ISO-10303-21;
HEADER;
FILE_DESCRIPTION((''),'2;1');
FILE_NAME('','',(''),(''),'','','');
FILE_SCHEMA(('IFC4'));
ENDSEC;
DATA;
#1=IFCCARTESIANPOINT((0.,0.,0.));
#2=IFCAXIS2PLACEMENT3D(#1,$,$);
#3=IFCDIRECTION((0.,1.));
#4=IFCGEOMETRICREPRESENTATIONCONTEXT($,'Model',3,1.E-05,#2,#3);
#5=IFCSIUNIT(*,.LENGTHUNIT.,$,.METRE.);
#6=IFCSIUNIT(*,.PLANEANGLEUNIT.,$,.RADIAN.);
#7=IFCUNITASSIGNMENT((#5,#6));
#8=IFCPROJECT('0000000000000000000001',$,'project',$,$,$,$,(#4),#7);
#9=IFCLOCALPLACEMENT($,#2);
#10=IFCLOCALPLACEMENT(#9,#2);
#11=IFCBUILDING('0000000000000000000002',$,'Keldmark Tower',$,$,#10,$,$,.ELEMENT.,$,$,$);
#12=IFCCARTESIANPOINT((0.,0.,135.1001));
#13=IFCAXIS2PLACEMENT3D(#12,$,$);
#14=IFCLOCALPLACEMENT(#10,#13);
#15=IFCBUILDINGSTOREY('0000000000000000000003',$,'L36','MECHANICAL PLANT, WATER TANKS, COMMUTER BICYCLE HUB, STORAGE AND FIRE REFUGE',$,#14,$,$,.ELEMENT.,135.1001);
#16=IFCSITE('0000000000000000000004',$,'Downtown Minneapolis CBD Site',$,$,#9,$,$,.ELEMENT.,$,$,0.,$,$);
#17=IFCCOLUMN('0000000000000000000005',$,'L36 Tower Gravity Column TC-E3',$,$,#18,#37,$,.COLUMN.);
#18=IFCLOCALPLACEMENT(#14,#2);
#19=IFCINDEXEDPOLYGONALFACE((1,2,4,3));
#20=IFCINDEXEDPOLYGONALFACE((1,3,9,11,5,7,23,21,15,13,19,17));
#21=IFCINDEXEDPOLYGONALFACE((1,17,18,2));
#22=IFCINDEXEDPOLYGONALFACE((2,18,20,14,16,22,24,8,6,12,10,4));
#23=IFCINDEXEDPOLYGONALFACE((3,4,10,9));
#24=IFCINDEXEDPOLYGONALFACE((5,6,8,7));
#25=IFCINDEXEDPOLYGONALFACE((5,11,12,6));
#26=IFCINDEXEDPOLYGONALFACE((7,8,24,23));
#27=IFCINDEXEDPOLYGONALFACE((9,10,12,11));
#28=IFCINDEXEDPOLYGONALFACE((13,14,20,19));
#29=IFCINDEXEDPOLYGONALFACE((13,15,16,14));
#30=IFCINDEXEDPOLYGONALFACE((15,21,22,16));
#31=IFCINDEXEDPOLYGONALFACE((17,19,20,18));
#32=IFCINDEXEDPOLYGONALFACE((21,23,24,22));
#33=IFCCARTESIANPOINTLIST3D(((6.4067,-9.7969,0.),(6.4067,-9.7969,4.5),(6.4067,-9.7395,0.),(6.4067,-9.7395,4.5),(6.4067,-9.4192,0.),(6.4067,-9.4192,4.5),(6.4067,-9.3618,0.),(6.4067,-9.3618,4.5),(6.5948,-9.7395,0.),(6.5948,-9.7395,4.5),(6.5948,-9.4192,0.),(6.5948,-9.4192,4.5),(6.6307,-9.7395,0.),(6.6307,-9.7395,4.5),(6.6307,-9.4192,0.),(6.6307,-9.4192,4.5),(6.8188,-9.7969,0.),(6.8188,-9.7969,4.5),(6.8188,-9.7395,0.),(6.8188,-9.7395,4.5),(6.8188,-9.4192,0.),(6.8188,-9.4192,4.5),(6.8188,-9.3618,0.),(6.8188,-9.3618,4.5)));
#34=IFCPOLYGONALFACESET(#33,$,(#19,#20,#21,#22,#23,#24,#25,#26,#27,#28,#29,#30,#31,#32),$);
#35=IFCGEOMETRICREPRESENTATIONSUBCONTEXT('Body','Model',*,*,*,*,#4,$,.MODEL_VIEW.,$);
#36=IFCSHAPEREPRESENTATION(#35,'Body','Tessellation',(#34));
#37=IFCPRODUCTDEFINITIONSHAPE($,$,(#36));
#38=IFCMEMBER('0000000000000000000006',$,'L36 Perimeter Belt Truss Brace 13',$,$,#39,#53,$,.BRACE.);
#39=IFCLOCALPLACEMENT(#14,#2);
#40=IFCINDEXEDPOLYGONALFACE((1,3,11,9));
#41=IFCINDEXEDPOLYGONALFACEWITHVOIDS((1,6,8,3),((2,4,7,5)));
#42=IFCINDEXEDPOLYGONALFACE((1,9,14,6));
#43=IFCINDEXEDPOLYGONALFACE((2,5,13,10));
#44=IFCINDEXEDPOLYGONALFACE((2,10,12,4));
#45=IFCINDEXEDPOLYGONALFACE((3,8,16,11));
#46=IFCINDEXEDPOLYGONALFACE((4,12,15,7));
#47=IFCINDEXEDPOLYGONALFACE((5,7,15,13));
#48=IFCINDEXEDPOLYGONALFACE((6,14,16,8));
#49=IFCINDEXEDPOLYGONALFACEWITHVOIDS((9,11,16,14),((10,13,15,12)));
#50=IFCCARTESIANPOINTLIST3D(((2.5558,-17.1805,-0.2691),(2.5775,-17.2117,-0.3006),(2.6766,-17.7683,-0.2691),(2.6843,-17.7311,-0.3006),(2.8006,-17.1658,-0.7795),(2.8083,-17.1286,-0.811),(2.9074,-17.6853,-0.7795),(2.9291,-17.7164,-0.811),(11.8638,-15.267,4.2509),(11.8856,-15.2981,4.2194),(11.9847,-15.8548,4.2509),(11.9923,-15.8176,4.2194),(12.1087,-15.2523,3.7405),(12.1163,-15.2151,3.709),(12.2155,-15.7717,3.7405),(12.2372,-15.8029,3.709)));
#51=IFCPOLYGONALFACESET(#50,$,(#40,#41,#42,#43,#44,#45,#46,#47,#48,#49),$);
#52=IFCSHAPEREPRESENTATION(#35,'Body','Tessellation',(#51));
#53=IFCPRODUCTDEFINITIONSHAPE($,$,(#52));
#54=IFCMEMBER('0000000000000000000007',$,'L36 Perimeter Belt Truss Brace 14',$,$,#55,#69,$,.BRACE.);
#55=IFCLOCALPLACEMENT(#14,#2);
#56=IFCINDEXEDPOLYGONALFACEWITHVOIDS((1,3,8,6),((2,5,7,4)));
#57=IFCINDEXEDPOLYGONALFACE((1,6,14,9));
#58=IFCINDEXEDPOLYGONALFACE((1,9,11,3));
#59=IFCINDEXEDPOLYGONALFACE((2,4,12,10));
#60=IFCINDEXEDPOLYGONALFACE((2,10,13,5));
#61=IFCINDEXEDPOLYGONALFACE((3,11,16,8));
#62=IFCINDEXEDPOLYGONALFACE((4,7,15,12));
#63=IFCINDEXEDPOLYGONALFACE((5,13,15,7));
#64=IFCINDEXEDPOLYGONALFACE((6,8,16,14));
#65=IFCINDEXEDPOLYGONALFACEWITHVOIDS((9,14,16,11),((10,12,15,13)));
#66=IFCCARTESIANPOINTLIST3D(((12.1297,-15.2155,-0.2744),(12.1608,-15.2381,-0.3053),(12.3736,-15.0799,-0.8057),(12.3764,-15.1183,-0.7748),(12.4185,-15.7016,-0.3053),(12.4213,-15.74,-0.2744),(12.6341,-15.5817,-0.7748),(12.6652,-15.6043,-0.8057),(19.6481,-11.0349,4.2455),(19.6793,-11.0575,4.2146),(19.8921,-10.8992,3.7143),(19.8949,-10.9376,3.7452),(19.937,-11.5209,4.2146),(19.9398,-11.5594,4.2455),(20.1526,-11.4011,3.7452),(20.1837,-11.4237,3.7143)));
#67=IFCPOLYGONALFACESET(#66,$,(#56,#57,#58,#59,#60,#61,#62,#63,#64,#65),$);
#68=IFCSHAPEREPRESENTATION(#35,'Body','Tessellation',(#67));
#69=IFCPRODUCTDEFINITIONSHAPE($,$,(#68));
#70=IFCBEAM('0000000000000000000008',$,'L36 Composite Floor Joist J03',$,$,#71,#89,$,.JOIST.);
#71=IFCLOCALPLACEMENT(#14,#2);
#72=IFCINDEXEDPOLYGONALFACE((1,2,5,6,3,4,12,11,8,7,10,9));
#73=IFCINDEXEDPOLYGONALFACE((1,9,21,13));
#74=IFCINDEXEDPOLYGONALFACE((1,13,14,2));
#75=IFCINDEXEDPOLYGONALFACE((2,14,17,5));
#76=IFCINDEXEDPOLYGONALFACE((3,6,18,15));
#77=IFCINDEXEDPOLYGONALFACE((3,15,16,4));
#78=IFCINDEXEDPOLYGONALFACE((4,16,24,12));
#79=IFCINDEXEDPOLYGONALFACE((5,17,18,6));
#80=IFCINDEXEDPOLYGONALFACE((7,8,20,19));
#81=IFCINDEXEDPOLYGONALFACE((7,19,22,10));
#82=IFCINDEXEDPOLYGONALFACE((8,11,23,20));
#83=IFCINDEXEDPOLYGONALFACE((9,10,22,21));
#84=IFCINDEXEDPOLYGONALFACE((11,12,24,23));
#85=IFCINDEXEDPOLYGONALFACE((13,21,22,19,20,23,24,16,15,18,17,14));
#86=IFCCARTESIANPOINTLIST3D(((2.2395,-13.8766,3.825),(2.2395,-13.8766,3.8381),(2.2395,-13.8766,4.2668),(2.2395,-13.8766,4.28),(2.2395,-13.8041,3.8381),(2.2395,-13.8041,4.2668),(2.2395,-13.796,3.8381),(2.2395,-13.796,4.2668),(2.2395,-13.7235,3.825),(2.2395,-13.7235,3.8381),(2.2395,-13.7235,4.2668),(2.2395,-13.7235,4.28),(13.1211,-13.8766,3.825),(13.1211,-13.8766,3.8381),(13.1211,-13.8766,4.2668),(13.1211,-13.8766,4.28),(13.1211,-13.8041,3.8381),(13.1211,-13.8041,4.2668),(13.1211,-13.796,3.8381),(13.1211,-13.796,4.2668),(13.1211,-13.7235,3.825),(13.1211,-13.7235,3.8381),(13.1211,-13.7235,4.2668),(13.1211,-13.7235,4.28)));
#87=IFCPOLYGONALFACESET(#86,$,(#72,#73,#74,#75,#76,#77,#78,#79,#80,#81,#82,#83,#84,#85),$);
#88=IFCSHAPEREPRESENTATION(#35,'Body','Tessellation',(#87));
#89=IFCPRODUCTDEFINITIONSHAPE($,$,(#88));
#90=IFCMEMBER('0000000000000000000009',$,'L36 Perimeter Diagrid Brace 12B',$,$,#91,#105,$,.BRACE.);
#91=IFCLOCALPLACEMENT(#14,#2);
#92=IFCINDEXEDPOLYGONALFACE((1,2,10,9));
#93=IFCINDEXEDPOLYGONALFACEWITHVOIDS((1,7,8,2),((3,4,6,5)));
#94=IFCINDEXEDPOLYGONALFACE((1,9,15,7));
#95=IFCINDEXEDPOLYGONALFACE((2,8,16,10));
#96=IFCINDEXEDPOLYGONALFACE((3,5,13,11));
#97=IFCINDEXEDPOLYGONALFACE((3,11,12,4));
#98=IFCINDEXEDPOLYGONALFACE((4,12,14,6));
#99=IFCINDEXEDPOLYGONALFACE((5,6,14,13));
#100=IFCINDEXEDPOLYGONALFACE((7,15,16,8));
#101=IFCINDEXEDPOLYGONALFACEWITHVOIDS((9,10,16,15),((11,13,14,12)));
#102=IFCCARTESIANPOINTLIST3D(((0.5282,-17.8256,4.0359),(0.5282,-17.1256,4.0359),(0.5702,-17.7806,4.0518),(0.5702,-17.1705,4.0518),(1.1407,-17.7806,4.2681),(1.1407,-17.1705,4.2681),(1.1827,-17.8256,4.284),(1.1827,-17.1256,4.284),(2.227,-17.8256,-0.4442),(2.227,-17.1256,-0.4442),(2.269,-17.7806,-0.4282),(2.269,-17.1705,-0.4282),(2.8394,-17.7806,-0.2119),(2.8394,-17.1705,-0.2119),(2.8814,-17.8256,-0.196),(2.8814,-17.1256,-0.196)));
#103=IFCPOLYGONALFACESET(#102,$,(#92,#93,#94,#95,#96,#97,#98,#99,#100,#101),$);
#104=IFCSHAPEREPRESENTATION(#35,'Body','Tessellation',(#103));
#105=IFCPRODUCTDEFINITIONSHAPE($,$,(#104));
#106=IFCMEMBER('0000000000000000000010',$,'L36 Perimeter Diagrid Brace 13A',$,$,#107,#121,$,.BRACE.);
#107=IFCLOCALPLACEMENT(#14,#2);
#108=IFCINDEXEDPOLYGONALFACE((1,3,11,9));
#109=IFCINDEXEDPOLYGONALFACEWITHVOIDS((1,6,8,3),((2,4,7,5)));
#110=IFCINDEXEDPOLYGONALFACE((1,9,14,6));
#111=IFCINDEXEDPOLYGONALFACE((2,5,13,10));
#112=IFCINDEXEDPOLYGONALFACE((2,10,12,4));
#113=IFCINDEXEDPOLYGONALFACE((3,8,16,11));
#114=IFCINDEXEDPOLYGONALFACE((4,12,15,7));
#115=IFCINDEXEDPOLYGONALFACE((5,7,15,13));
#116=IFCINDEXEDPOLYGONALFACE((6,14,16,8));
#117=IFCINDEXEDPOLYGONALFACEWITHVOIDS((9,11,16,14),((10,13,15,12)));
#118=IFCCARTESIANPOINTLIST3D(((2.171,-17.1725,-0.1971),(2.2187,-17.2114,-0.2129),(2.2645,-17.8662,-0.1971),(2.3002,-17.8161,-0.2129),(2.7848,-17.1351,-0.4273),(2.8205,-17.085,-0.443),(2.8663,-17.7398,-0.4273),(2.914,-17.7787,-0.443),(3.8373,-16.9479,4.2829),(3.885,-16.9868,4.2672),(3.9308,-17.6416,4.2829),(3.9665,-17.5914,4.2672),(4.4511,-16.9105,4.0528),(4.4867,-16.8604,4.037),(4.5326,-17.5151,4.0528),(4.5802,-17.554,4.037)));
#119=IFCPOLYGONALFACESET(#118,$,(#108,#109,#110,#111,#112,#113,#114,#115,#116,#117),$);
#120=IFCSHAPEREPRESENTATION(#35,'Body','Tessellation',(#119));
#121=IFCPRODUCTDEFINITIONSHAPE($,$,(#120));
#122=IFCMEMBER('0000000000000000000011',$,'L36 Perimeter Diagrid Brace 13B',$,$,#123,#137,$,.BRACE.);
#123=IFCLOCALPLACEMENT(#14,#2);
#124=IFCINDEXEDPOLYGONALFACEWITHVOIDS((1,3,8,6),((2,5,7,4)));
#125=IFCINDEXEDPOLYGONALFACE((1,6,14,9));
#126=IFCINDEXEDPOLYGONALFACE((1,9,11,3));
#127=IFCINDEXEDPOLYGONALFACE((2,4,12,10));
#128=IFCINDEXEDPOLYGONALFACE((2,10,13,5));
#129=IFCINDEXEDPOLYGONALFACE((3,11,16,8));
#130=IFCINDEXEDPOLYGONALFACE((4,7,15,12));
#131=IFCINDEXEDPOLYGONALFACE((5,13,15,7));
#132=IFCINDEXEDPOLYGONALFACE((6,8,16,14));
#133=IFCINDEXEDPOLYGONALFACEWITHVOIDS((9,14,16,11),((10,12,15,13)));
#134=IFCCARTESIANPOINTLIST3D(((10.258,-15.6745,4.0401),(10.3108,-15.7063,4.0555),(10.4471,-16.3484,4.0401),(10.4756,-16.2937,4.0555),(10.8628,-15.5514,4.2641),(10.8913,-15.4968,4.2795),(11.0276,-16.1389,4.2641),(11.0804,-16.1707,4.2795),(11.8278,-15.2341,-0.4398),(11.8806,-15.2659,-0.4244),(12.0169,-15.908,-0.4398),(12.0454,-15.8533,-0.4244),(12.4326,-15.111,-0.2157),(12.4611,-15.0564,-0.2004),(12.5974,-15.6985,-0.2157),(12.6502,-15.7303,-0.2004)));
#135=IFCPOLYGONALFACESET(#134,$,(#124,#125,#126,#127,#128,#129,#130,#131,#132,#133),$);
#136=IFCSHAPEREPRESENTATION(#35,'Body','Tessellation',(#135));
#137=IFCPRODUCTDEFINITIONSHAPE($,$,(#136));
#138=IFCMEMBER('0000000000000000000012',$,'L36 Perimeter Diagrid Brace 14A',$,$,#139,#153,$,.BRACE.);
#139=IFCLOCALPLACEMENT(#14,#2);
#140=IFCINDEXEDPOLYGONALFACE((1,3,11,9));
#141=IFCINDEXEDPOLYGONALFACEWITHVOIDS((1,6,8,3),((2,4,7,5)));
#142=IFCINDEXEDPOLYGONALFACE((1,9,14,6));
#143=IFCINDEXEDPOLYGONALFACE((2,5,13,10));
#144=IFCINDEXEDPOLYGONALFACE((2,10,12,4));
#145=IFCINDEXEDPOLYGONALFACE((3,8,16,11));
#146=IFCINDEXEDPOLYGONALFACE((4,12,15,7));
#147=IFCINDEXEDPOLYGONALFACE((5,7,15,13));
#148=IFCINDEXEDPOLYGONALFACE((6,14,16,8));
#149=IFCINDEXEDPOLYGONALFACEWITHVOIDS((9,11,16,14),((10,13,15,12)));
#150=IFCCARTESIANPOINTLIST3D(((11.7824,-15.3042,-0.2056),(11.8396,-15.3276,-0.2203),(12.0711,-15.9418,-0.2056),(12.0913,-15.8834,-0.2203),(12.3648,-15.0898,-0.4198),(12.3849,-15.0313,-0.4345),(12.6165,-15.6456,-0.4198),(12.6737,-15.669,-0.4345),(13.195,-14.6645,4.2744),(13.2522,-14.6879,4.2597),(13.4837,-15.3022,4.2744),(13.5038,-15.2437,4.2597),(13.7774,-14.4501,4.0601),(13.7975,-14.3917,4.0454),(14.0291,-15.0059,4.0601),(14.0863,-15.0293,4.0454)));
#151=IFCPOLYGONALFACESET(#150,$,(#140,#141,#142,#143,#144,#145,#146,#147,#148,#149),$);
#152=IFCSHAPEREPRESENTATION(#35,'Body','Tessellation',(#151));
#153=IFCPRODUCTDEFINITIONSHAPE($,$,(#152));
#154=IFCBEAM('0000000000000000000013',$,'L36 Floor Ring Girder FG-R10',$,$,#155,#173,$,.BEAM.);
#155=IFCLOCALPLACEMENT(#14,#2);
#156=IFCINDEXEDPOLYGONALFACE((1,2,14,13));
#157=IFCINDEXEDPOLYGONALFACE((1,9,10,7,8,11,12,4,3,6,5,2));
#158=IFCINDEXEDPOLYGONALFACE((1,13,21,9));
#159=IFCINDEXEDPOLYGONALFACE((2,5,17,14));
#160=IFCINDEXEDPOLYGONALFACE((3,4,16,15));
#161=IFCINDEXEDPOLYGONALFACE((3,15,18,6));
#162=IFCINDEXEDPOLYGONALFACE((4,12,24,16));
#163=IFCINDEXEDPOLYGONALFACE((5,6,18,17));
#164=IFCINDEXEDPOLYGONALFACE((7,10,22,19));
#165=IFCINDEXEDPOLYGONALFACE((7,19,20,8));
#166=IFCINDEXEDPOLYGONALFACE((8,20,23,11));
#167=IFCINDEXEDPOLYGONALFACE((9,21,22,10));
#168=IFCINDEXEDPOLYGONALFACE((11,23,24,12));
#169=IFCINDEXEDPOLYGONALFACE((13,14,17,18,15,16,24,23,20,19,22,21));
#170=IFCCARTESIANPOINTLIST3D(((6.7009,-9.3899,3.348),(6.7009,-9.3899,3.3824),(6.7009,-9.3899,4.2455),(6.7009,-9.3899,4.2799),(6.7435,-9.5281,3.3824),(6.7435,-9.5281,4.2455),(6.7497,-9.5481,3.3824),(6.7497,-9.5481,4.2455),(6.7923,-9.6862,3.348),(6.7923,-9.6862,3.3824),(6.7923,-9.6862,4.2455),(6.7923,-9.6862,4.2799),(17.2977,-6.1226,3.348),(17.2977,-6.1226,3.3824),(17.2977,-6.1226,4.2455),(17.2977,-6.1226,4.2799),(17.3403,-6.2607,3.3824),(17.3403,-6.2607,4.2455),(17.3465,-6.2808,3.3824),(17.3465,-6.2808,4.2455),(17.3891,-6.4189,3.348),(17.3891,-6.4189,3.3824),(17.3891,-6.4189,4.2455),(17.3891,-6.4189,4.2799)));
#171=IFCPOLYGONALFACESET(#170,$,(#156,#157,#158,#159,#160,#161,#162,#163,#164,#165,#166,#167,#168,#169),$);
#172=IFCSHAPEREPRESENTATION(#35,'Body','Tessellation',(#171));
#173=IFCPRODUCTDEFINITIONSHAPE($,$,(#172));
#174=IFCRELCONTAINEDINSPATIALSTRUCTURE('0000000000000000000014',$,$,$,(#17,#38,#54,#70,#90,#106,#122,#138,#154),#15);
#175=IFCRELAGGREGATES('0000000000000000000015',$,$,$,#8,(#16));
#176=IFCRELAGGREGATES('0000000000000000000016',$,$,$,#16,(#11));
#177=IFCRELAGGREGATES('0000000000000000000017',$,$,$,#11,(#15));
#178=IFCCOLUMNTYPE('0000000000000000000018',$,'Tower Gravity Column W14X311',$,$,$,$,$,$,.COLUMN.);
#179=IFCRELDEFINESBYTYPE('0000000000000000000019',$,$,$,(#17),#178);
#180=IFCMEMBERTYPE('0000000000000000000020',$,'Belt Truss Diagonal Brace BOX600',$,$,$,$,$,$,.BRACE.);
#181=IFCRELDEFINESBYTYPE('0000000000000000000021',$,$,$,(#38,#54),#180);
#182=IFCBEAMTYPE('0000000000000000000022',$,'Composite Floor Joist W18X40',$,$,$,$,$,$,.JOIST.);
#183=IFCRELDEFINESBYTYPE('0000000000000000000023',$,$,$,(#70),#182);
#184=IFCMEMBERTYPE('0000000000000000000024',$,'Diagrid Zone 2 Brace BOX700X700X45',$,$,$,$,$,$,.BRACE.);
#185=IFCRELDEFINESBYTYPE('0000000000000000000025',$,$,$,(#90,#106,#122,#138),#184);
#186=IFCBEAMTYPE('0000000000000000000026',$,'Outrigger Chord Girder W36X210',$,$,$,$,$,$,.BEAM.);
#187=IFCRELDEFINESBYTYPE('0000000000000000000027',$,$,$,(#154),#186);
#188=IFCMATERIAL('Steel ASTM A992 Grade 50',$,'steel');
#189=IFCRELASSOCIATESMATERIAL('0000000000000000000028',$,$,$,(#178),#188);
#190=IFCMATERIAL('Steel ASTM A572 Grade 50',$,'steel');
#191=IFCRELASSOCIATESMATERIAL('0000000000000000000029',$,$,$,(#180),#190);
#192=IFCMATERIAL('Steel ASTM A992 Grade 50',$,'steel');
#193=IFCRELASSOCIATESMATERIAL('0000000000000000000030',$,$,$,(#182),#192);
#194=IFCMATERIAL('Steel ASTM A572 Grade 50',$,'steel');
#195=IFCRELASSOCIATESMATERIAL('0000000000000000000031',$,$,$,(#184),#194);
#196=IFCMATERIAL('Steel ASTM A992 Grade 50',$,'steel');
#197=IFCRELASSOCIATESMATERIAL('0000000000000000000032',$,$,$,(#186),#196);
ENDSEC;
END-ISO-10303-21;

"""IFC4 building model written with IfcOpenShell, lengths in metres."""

from ifc_helpers import new_model, si_unit, direction, frame, origin, origin_2d, place, context, subcontext, project, spatial, hollow_rectangle, i_section, extrude, material, material_profile, profile_set, type_object, element, save


model = new_model("IFC4")

# Units and contexts
model_context = context("Model", 3, precision=1e-05, world=origin(), true_north=direction((0.0, 1.0)))
body_context = subcontext(model_context, "Body", "Model", "MODEL_VIEW")
ifc_project = project(units=[si_unit("LENGTHUNIT", "METRE"), si_unit("PLANEANGLEUNIT", "RADIAN")], contexts=[model_context])

# Site, building, storey
site_placement = place(None, origin())
site = spatial("IfcSite", under=ifc_project, at=site_placement, Name="Downtown Minneapolis CBD Site", CompositionType="ELEMENT", RefElevation=0.0)
building_placement = place(site_placement, origin())
building = spatial("IfcBuilding", under=site, at=building_placement, Name="Keldmark Tower", CompositionType="ELEMENT")
storey_placement = place(building_placement, frame((0.0, 0.0, 135.1001)))
storey = spatial("IfcBuildingStorey", under=building, at=storey_placement, Name="L36", Description="MECHANICAL PLANT, WATER TANKS, COMMUTER BICYCLE HUB, STORAGE AND FIRE REFUGE", CompositionType="ELEMENT", Elevation=135.1001)

# Column
ifc_material_1 = material(Name="Steel ASTM A992 Grade 50", Category="steel")
ifc_material_profile_1 = material_profile(ifc_material_1, i_section(OverallWidth=0.4121, OverallDepth=0.4351, WebThickness=0.0359, FlangeThickness=0.0574, at=origin_2d()), Name="W14X311")
ifc_profile_set_1 = profile_set([ifc_material_profile_1], Name="Steel ASTM A992 Grade 50")
column_type = type_object("IfcColumnType", Name="Tower Gravity Column W14X311", PredefinedType="COLUMN", material=ifc_profile_set_1)
column_placement = place(storey_placement, frame((6.6128, -9.5793, 0.0), z_axis=(0.0, 0.0, 1.0), x_axis=(1.0, 0.0, 0.0)))
element("IfcColumn", 1, at=column_placement, inside=storey, type_object=column_type, Name="L36 Tower Gravity Column TC-E3", PredefinedType="COLUMN", context=body_context, shape_type="SweptSolid", body=[
    extrude(i_section(OverallWidth=0.4121, OverallDepth=0.4351, WebThickness=0.0359, FlangeThickness=0.0574, at=origin_2d()), origin(), (0.0, 0.0, 1.0), 4.5),
])

# Members
ifc_material_2 = material(Name="Steel ASTM A572 Grade 50", Category="steel")
ifc_material_profile_2 = material_profile(ifc_material_2, hollow_rectangle(XDim=0.6001, YDim=0.6001, WallThickness=0.0349, at=origin_2d()), Name="BOX600X600X35")
ifc_profile_set_2 = profile_set([ifc_material_profile_2], Name="Steel ASTM A572 Grade 50")
member_type_1 = type_object("IfcMemberType", Name="Belt Truss Diagonal Brace BOX600", PredefinedType="BRACE", material=ifc_profile_set_2)
member_1_placement = place(storey_placement, frame((2.7424, -17.4485, -0.54), z_axis=(0.88455, 0.181847, 0.429538), x_axis=(-0.20137, 0.979515, 0.0)))
element("IfcMember", 2, at=member_1_placement, inside=storey, type_object=member_type_1, Name="L36 Perimeter Belt Truss Brace 13", PredefinedType="BRACE", context=body_context, shape_type="SweptSolid", body=[
    extrude(hollow_rectangle(XDim=0.6001, YDim=0.6001, WallThickness=0.0349, at=origin_2d()), origin(), (0.0, 0.0, 1.0), 10.5229),
])
member_2_placement = place(storey_placement, frame((12.3975, -15.4099, -0.54), z_axis=(0.773683, 0.430203, 0.465124), x_axis=(-0.485971, 0.873975, 0.0)))
element("IfcMember", 3, at=member_2_placement, inside=storey, type_object=member_type_1, Name="L36 Perimeter Belt Truss Brace 14", PredefinedType="BRACE", context=body_context, shape_type="SweptSolid", body=[
    extrude(hollow_rectangle(XDim=0.6001, YDim=0.6001, WallThickness=0.0349, at=origin_2d()), origin(), (0.0, 0.0, 1.0), 9.7178),
])

# Beam
ifc_material_3 = material(Name="Steel ASTM A992 Grade 50", Category="steel")
ifc_material_profile_3 = material_profile(ifc_material_3, i_section(OverallWidth=0.1531, OverallDepth=0.4551, WebThickness=0.0081, FlangeThickness=0.0132, at=origin_2d()), Name="W18X40")
ifc_profile_set_3 = profile_set([ifc_material_profile_3], Name="Steel ASTM A992 Grade 50")
beam_type_1 = type_object("IfcBeamType", Name="Composite Floor Joist W18X40", PredefinedType="JOIST", material=ifc_profile_set_3)
beam_1_placement = place(storey_placement, frame((2.2395, -13.8, 4.0525), z_axis=(1.0, 0.0, 0.0), x_axis=(0.0, 1.0, 0.0)))
element("IfcBeam", 4, at=beam_1_placement, inside=storey, type_object=beam_type_1, Name="L36 Composite Floor Joist J03", PredefinedType="JOIST", context=body_context, shape_type="SweptSolid", body=[
    extrude(i_section(OverallWidth=0.1531, OverallDepth=0.4551, WebThickness=0.0081, FlangeThickness=0.0132, at=origin_2d()), origin(), (0.0, 0.0, 1.0), 10.8816),
])

# Members
ifc_material_4 = material(Name="Steel ASTM A572 Grade 50", Category="steel")
ifc_material_profile_4 = material_profile(ifc_material_4, hollow_rectangle(XDim=0.7, YDim=0.7, WallThickness=0.0449, at=origin_2d()), Name="BOX700X700X45")
ifc_profile_set_4 = profile_set([ifc_material_profile_4], Name="Steel ASTM A572 Grade 50")
member_type_2 = type_object("IfcMemberType", Name="Diagrid Zone 2 Brace BOX700X700X45", PredefinedType="BRACE", material=ifc_profile_set_4)
member_3_placement = place(storey_placement, frame((2.5542, -17.4756, -0.3201), z_axis=(-0.35455, 0.0, 0.935037), x_axis=(0.0, -1.0, 0.0)))
element("IfcMember", 5, at=member_3_placement, inside=storey, type_object=member_type_2, Name="L36 Perimeter Diagrid Brace 12B", PredefinedType="BRACE", context=body_context, shape_type="SweptSolid", body=[
    extrude(hollow_rectangle(XDim=0.7, YDim=0.7, WallThickness=0.0449, at=origin_2d()), origin(), (0.0, 0.0, 1.0), 4.7913),
])
member_4_placement = place(storey_placement, frame((2.5425, -17.4756, -0.3201), z_axis=(0.348219, 0.046939, 0.936237), x_axis=(-0.13359, 0.991037, 0.0)))
element("IfcMember", 6, at=member_4_placement, inside=storey, type_object=member_type_2, Name="L36 Perimeter Diagrid Brace 13A", PredefinedType="BRACE", context=body_context, shape_type="SweptSolid", body=[
    extrude(hollow_rectangle(XDim=0.7, YDim=0.7, WallThickness=0.0449, at=origin_2d()), origin(), (0.0, 0.0, 1.0), 4.7852),
])
member_5_placement = place(storey_placement, frame((12.239, -15.4822, -0.3201), z_axis=(-0.32928, -0.092383, 0.939702), x_axis=(0.27013, -0.962824, 0.0)))
element("IfcMember", 7, at=member_5_placement, inside=storey, type_object=member_type_2, Name="L36 Perimeter Diagrid Brace 13B", PredefinedType="BRACE", context=body_context, shape_type="SweptSolid", body=[
    extrude(hollow_rectangle(XDim=0.7, YDim=0.7, WallThickness=0.0449, at=origin_2d()), origin(), (0.0, 0.0, 1.0), 4.7673),
])
member_6_placement = place(storey_placement, frame((12.228, -15.4866, -0.3201), z_axis=(0.297969, 0.134925, 0.944992), x_axis=(-0.412498, 0.910959, 0.0)))
element("IfcMember", 8, at=member_6_placement, inside=storey, type_object=member_type_2, Name="L36 Perimeter Diagrid Brace 14A", PredefinedType="BRACE", context=body_context, shape_type="SweptSolid", body=[
    extrude(hollow_rectangle(XDim=0.7, YDim=0.7, WallThickness=0.0449, at=origin_2d()), origin(), (0.0, 0.0, 1.0), 4.7407),
])

# Beam
ifc_material_5 = material(Name="Steel ASTM A992 Grade 50", Category="steel")
ifc_material_profile_5 = material_profile(ifc_material_5, i_section(OverallWidth=0.3101, OverallDepth=0.9319, WebThickness=0.021, FlangeThickness=0.0344, at=origin_2d()), Name="W36X210")
ifc_profile_set_5 = profile_set([ifc_material_profile_5], Name="Steel ASTM A992 Grade 50")
beam_type_2 = type_object("IfcBeamType", Name="Outrigger Chord Girder W36X210", PredefinedType="BEAM", material=ifc_profile_set_5)
beam_2_placement = place(storey_placement, frame((6.7466, -9.5381, 3.814), z_axis=(0.955608, 0.294641, 0.0), x_axis=(-0.294641, 0.955608, 0.0)))
element("IfcBeam", 9, at=beam_2_placement, inside=storey, type_object=beam_type_2, Name="L36 Floor Ring Girder FG-R10", PredefinedType="BEAM", context=body_context, shape_type="SweptSolid", body=[
    extrude(i_section(OverallWidth=0.3101, OverallDepth=0.9319, WebThickness=0.021, FlangeThickness=0.0344, at=origin_2d()), origin(), (0.0, 0.0, 1.0), 11.0891),
])

save(model, "model.ifc")
